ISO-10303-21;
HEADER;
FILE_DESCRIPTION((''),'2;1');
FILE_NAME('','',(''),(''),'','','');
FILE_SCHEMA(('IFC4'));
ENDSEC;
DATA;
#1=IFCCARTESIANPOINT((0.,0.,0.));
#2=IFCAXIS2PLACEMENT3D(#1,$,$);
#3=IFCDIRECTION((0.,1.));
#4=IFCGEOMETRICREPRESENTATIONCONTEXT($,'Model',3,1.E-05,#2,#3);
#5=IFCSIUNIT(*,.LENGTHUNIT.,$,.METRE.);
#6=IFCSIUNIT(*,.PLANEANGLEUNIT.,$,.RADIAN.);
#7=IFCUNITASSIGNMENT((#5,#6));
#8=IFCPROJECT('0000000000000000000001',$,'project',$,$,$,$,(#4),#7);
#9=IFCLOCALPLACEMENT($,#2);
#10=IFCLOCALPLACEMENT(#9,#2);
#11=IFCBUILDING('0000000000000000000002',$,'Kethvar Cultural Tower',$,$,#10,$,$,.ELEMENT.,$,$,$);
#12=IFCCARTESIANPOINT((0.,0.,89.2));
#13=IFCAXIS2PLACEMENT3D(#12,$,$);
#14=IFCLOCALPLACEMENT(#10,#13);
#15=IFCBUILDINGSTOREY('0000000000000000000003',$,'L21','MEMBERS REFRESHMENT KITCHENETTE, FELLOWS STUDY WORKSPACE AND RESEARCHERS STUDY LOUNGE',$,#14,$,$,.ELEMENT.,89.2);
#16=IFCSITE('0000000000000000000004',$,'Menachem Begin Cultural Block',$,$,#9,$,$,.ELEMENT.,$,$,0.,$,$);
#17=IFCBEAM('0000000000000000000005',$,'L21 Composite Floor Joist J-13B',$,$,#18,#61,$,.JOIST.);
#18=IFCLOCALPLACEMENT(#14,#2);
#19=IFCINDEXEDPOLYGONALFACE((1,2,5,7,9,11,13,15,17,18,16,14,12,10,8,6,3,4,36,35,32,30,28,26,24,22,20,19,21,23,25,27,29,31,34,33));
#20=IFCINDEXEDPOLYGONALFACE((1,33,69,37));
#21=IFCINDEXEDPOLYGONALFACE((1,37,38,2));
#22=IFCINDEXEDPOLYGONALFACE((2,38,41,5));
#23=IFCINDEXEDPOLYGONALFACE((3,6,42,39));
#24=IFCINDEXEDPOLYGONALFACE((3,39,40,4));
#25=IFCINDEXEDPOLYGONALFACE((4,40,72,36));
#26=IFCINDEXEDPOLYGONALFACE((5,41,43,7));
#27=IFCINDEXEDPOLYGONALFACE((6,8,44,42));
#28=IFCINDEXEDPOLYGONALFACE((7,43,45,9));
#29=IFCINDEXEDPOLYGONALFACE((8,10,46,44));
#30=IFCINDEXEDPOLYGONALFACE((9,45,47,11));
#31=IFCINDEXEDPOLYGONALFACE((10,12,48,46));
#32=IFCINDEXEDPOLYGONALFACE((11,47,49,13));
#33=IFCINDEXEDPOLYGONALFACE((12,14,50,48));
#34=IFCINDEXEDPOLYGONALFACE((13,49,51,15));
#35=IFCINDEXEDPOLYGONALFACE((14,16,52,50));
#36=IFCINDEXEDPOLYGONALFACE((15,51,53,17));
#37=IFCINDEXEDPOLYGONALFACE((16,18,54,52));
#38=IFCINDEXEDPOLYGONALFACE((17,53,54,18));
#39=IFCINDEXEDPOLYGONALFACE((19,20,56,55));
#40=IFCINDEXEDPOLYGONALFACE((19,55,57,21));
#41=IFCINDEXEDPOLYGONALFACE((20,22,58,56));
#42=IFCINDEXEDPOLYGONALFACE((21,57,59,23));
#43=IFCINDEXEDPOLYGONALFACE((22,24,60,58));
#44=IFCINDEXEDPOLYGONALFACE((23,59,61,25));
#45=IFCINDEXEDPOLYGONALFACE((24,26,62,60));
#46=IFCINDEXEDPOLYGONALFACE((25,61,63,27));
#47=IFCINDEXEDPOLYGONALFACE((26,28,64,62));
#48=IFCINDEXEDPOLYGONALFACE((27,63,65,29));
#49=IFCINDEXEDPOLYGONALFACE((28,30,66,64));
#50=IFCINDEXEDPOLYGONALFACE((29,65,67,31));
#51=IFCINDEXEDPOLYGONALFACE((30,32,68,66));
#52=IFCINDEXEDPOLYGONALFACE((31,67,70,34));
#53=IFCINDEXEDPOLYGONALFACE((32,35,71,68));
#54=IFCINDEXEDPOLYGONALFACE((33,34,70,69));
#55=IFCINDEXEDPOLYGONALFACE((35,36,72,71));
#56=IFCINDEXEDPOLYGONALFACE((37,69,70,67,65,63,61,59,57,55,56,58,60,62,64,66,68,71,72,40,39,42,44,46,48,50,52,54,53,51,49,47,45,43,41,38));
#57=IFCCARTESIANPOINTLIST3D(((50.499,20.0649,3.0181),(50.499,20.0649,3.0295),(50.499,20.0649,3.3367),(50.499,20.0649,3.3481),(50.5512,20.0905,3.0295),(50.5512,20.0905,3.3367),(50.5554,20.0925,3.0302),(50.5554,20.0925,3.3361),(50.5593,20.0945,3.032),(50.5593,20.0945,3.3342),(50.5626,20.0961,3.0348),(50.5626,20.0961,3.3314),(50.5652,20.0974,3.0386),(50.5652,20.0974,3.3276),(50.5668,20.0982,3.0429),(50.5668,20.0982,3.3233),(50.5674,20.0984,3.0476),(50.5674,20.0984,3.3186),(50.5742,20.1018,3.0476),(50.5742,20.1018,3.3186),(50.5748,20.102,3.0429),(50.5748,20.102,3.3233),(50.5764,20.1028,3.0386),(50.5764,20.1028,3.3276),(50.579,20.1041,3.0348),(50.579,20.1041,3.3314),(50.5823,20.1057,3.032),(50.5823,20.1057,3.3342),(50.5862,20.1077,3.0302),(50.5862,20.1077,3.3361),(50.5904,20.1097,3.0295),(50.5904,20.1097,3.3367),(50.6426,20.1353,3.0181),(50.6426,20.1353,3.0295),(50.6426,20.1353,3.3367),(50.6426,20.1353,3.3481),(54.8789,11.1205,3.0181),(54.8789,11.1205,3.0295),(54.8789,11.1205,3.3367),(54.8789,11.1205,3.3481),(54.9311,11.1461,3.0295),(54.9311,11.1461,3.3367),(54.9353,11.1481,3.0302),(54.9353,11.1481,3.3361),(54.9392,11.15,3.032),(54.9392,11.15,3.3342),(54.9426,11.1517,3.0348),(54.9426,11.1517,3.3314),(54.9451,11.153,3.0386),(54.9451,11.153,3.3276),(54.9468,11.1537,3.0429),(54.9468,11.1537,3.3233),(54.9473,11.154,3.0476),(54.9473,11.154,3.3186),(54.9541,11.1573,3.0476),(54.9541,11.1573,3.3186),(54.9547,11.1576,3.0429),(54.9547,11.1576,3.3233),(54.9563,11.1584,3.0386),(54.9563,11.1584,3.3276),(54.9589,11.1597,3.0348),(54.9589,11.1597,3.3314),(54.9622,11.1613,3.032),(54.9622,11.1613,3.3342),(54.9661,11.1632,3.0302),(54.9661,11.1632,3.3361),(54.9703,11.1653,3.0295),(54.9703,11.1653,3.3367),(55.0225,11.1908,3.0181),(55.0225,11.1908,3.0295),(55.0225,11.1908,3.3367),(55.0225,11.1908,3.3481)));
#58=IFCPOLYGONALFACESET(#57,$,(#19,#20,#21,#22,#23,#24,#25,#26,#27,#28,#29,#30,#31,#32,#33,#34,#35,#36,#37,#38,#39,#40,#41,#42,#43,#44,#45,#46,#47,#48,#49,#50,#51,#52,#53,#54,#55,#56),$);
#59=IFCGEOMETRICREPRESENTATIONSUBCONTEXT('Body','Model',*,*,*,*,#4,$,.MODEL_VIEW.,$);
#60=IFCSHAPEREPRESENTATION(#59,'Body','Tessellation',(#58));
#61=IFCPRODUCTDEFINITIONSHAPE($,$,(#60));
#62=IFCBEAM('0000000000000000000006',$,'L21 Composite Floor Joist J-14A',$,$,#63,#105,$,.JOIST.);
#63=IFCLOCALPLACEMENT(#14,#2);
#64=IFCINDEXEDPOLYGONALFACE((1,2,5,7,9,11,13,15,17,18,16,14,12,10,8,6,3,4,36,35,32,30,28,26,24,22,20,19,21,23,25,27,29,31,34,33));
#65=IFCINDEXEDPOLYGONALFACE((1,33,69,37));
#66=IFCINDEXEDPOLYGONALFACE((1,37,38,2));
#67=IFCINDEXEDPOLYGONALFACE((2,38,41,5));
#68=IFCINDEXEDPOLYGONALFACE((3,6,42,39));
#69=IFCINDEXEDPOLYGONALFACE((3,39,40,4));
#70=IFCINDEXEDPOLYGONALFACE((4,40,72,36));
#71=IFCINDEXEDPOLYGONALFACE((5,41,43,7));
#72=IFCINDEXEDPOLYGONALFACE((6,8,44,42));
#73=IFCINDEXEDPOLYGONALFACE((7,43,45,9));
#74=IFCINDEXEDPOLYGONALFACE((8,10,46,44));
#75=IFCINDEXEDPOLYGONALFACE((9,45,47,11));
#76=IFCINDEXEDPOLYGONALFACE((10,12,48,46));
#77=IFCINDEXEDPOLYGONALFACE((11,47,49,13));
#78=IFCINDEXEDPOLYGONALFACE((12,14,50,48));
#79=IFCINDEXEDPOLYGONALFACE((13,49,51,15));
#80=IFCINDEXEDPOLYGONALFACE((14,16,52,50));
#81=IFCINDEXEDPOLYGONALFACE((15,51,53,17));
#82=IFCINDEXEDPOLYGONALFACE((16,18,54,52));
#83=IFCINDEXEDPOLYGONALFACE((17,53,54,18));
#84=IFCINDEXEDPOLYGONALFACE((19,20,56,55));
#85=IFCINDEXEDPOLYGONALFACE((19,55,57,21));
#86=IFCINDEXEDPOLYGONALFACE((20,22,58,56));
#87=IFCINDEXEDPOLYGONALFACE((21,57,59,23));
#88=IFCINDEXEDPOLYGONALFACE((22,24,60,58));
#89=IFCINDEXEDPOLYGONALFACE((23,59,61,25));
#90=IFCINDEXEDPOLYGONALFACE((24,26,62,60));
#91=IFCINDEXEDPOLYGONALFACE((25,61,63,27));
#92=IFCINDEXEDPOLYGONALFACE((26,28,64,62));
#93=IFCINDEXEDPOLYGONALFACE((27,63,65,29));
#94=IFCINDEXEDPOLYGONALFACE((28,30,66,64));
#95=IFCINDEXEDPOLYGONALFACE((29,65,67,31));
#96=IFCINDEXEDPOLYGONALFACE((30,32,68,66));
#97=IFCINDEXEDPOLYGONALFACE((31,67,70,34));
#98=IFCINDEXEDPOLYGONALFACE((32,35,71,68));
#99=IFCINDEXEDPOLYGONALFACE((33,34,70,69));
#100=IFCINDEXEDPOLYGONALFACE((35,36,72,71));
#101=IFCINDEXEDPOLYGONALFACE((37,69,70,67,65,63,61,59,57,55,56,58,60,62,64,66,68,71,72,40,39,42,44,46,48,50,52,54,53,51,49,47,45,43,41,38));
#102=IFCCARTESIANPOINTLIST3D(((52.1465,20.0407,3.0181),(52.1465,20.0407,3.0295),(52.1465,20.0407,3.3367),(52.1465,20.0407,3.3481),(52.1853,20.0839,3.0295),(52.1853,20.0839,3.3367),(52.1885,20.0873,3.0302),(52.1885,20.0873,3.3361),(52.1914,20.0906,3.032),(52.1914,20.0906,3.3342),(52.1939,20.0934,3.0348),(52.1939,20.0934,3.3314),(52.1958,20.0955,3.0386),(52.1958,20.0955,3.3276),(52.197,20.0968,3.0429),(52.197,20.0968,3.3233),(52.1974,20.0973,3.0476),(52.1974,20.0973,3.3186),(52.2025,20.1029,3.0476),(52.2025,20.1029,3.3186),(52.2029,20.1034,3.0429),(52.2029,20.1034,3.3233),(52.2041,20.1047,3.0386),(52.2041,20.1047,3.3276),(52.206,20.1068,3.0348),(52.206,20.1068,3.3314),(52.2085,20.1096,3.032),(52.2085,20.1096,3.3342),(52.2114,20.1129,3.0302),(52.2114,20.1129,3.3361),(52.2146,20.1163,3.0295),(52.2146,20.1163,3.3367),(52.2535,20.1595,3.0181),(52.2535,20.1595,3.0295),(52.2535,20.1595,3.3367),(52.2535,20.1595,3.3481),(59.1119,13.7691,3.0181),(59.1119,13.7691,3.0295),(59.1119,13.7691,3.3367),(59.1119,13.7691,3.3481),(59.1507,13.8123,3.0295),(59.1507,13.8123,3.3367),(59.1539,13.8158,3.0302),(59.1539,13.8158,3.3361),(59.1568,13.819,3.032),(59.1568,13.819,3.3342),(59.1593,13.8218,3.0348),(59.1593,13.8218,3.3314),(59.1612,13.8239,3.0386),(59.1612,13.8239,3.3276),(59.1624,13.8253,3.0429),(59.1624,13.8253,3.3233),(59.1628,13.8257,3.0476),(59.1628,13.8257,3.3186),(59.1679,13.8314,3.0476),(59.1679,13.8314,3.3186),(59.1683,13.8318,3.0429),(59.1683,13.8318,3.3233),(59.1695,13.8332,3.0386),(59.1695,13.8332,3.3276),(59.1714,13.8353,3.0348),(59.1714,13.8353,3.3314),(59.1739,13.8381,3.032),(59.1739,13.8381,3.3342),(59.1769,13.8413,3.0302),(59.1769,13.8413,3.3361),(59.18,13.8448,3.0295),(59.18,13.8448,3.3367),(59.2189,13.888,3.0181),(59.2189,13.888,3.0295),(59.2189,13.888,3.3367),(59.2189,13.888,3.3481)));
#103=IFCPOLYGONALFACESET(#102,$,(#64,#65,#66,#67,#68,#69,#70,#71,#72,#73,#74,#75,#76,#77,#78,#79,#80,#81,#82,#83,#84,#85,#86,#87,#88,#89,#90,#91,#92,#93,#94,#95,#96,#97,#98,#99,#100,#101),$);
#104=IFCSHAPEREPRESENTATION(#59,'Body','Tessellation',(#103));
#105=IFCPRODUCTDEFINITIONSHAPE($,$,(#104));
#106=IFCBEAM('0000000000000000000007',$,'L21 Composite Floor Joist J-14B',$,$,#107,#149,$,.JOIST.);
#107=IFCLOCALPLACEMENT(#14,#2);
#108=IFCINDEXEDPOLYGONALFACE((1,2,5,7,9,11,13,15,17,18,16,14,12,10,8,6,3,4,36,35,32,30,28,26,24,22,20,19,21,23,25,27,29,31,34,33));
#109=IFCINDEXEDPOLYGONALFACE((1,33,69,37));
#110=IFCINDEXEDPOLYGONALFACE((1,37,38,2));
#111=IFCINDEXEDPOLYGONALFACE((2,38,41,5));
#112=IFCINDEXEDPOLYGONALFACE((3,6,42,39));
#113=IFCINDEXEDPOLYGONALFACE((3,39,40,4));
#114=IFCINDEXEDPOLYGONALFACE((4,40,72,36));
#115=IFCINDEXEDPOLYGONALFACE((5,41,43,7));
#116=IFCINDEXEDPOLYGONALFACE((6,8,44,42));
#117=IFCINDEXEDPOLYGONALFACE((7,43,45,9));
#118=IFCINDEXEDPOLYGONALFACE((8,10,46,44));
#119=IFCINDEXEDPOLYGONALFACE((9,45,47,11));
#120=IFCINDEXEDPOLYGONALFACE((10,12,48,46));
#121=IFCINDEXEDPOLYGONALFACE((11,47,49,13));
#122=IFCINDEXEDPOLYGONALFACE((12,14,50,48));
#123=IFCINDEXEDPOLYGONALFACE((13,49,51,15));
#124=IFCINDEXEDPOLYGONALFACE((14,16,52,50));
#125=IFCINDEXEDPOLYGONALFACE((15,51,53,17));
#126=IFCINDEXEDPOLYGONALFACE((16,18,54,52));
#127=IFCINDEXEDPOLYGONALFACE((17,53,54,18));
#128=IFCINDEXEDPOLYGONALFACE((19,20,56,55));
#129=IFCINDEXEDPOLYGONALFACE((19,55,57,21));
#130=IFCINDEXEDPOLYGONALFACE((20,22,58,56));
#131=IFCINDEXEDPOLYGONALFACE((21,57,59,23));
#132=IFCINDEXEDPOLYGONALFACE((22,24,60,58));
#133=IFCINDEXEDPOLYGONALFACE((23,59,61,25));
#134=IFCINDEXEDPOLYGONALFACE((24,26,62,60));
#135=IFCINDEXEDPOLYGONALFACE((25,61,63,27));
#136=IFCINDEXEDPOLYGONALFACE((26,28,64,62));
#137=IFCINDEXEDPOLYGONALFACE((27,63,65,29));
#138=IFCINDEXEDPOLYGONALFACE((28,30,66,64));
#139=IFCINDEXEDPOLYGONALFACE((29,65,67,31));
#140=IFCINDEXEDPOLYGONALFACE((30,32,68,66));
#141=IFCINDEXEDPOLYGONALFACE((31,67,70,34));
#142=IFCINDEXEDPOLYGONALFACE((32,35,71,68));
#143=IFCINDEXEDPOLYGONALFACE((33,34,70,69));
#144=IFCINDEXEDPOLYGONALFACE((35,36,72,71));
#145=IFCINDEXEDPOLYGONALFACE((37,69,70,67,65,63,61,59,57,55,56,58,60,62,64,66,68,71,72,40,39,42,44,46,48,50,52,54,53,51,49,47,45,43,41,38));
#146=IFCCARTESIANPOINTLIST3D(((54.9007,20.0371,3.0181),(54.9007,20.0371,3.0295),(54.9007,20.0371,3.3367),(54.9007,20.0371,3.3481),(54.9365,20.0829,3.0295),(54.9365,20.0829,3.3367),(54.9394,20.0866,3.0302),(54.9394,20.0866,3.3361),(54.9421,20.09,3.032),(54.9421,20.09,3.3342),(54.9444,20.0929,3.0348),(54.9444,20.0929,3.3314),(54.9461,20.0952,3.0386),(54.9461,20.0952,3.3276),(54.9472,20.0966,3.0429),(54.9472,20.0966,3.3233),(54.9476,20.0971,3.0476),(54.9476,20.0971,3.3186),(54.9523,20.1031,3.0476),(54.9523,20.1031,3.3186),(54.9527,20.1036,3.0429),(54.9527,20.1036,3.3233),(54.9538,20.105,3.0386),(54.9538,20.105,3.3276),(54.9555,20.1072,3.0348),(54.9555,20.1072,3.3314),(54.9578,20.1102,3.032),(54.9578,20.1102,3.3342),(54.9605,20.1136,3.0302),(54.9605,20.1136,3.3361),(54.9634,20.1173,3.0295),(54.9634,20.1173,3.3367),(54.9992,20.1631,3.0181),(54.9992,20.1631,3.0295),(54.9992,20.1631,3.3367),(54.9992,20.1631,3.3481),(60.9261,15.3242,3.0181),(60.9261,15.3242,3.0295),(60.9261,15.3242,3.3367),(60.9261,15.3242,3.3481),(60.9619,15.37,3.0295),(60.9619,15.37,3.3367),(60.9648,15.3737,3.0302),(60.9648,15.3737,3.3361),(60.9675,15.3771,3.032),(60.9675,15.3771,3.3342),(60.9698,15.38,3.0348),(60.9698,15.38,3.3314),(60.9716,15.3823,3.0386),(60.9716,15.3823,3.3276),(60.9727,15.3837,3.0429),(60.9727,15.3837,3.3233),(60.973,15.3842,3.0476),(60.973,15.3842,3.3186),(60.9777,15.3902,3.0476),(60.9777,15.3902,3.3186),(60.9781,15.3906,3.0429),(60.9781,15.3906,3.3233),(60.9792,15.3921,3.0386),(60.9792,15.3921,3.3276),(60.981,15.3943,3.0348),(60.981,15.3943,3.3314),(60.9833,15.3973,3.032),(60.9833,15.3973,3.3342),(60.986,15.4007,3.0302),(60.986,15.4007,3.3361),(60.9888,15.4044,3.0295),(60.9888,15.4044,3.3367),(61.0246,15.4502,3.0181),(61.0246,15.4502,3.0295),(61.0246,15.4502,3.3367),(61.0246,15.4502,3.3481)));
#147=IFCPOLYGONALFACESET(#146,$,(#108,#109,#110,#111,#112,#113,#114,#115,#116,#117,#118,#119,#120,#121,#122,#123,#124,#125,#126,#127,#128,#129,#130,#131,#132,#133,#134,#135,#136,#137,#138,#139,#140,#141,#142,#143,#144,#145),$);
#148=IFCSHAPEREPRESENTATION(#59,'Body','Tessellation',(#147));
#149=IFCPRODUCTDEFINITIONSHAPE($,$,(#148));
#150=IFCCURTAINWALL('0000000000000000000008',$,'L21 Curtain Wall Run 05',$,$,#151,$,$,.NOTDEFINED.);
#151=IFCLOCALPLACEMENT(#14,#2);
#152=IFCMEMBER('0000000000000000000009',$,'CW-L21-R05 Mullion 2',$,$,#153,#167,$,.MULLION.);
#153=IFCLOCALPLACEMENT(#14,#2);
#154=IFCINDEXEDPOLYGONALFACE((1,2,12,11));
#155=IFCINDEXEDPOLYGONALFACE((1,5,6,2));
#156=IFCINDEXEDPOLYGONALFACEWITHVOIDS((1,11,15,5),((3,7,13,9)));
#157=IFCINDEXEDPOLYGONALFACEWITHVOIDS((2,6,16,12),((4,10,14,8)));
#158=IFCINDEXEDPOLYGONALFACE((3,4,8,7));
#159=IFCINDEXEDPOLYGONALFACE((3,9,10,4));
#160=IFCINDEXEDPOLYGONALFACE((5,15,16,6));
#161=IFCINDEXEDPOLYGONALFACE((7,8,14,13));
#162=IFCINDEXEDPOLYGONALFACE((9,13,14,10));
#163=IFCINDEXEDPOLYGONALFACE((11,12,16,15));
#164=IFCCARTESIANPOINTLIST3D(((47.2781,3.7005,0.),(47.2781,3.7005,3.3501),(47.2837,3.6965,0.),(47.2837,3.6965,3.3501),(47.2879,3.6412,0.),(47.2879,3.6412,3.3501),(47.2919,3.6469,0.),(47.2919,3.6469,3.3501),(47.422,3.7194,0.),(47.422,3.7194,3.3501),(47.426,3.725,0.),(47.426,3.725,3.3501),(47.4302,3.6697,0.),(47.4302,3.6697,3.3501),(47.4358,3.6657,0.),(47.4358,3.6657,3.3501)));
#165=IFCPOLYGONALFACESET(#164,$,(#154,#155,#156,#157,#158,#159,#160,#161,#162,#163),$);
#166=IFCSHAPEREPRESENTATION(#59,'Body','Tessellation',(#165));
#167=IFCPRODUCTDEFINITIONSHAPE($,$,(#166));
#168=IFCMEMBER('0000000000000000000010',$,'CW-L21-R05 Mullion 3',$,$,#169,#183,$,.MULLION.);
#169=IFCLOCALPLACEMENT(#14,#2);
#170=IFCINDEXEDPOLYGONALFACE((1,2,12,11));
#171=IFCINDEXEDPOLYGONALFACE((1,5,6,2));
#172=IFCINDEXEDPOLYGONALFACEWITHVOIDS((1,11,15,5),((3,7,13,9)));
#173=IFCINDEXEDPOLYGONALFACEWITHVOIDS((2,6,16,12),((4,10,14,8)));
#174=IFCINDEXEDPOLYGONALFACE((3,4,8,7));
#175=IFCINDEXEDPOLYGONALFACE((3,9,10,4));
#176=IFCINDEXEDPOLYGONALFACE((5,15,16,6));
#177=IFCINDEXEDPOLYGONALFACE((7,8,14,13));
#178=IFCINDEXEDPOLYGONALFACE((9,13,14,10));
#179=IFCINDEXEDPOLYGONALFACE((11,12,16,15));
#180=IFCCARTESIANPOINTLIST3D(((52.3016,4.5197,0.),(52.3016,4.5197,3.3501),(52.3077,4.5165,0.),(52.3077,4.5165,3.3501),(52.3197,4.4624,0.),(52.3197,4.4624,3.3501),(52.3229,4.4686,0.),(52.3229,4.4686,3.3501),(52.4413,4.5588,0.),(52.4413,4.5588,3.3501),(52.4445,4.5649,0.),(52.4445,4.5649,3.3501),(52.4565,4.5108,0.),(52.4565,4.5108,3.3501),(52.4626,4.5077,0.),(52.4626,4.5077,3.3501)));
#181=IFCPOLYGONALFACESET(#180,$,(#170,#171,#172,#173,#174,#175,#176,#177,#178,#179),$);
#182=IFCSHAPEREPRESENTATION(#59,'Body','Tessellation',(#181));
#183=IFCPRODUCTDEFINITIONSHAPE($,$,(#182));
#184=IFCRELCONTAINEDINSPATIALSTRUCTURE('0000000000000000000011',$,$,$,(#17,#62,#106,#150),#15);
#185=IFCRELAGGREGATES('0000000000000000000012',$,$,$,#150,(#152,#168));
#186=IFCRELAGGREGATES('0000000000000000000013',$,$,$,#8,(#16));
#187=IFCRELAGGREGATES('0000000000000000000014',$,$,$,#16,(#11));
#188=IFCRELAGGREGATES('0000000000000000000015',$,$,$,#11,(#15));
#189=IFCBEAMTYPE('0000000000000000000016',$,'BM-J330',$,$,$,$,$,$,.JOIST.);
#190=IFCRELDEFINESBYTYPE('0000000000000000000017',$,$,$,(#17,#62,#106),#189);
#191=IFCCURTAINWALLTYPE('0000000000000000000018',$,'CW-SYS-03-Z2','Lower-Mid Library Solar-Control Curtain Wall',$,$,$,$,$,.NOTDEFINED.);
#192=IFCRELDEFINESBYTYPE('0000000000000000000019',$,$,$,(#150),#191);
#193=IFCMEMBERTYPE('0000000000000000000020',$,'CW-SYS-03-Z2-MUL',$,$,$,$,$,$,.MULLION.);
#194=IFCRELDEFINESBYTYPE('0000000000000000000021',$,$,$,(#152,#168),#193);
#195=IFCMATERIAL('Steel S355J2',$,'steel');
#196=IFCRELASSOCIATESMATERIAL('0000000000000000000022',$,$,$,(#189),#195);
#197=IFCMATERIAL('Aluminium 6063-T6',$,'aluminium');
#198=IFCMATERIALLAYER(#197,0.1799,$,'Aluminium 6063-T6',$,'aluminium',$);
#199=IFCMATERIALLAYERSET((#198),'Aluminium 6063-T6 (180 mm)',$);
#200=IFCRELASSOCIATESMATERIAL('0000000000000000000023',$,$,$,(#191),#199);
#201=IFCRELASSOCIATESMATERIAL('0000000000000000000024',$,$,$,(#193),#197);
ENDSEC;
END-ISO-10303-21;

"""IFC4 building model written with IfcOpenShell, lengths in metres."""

from ifc_helpers import new_model, si_unit, direction, frame, origin, origin_2d, place, context, subcontext, project, spatial, hollow_rectangle, i_section, extrude, source, transform, mapped, material, layer, layer_set, material_profile, profile_set, type_object, element, aggregate, save


model = new_model("IFC4")

# Units and contexts
model_context = context("Model", 3, precision=1e-05, world=origin(), true_north=direction((0.0, 1.0)))
body_context = subcontext(model_context, "Body", "Model", "MODEL_VIEW")
ifc_project = project(units=[si_unit("LENGTHUNIT", "METRE"), si_unit("PLANEANGLEUNIT", "RADIAN")], contexts=[model_context])

# Site, building, storey
site_placement = place(None, origin())
site = spatial("IfcSite", under=ifc_project, at=site_placement, Name="Menachem Begin Cultural Block", CompositionType="ELEMENT", RefElevation=0.0)
building_placement = place(site_placement, origin())
building = spatial("IfcBuilding", under=site, at=building_placement, Name="Kethvar Cultural Tower", CompositionType="ELEMENT")
storey_placement = place(building_placement, frame((0.0, 0.0, 89.2)))
storey = spatial("IfcBuildingStorey", under=building, at=storey_placement, Name="L21", Description="MEMBERS REFRESHMENT KITCHENETTE, FELLOWS STUDY WORKSPACE AND RESEARCHERS STUDY LOUNGE", CompositionType="ELEMENT", Elevation=89.2)

# Beams
ifc_material_1 = material(Name="Steel S355J2", Category="steel")
ifc_material_profile_1 = material_profile(ifc_material_1, i_section(OverallWidth=0.1599, OverallDepth=0.3301, WebThickness=0.0076, FlangeThickness=0.0115, FilletRadius=0.0181, at=origin_2d()), Name="Steel S355J2 — IPE330")
ifc_profile_set_1 = profile_set([ifc_material_profile_1], Name="Steel S355J2 — IPE330")
beam_type_1 = type_object("IfcBeamType", Name="BM-J330", PredefinedType="JOIST", material=ifc_profile_set_1)
shared_shape_1 = source(origin(), body_context, "Body", "SweptSolid", [
    extrude(i_section(OverallWidth=0.1599, OverallDepth=0.3301, WebThickness=0.0076, FlangeThickness=0.0115, FilletRadius=0.0181, at=origin_2d()), origin(), (0.0, 0.0, 1.0), 9.9592),
])
beam_1_placement = place(storey_placement, frame((50.5708, 20.1001, 3.1831), z_axis=(0.439785, -0.898103, 0.0), x_axis=(0.898103, 0.439785, 0.0)))
element("IfcBeam", 1, at=beam_1_placement, inside=storey, type_object=beam_type_1, Name="L21 Composite Floor Joist J-13B", PredefinedType="JOIST", context=body_context, shape_type="MappedRepresentation", body=[
    mapped(shared_shape_1, transform((0.0, 0.0, 0.0), scale=1.0)),
])
shared_shape_2 = source(origin(), body_context, "Body", "SweptSolid", [
    extrude(i_section(OverallWidth=0.1599, OverallDepth=0.3301, WebThickness=0.0076, FlangeThickness=0.0115, FilletRadius=0.0181, at=origin_2d()), origin(), (0.0, 0.0, 1.0), 9.3728),
])
beam_2_placement = place(storey_placement, frame((52.2, 20.1001, 3.1831), z_axis=(0.743152, -0.669123, 0.0), x_axis=(0.669123, 0.743152, 0.0)))
element("IfcBeam", 2, at=beam_2_placement, inside=storey, type_object=beam_type_1, Name="L21 Composite Floor Joist J-14A", PredefinedType="JOIST", context=body_context, shape_type="MappedRepresentation", body=[
    mapped(shared_shape_2, transform((0.0, 0.0, 0.0), scale=1.0)),
])
shared_shape_3 = source(origin(), body_context, "Body", "SweptSolid", [
    extrude(i_section(OverallWidth=0.1599, OverallDepth=0.3301, WebThickness=0.0076, FlangeThickness=0.0115, FilletRadius=0.0181, at=origin_2d()), origin(), (0.0, 0.0, 1.0), 7.6497),
])
beam_3_placement = place(storey_placement, frame((54.95, 20.1001, 3.1831), z_axis=(0.787672, -0.616095, 0.0), x_axis=(0.616095, 0.787672, 0.0)))
element("IfcBeam", 3, at=beam_3_placement, inside=storey, type_object=beam_type_1, Name="L21 Composite Floor Joist J-14B", PredefinedType="JOIST", context=body_context, shape_type="MappedRepresentation", body=[
    mapped(shared_shape_3, transform((0.0, 0.0, 0.0), scale=1.0)),
])

# Curtain wall, members
ifc_material_2 = material(Name="Aluminium 6063-T6", Category="aluminium")
ifc_layer_1 = layer(ifc_material_2, 0.1799, Name="Aluminium 6063-T6", Category="aluminium")
ifc_layer_set_1 = layer_set([ifc_layer_1], Name="Aluminium 6063-T6 (180 mm)")
curtain_wall_type = type_object("IfcCurtainWallType", Name="CW-SYS-03-Z2", Description="Lower-Mid Library Solar-Control Curtain Wall", PredefinedType="NOTDEFINED", material=ifc_layer_set_1)
curtain_wall_placement = place(storey_placement, origin())
curtain_wall = element("IfcCurtainWall", 4, at=curtain_wall_placement, inside=storey, type_object=curtain_wall_type, Name="L21 Curtain Wall Run 05", PredefinedType="NOTDEFINED")
ifc_material_profile_2 = material_profile(ifc_material_2, hollow_rectangle(XDim=0.0601, YDim=0.1499, WallThickness=0.0049, at=origin_2d()), Name="Aluminium 6063-T6 — RHS150x60x5")
ifc_profile_set_2 = profile_set([ifc_material_profile_2], Name="Aluminium 6063-T6 — RHS150x60x5")
member_type_1 = type_object("IfcMemberType", Name="CW-SYS-03-Z2-MUL", PredefinedType="MULLION", material=ifc_profile_set_2)
shared_shape_4 = source(origin(), body_context, "Body", "SweptSolid", [
    extrude(hollow_rectangle(XDim=0.0601, YDim=0.1499, WallThickness=0.0049, at=origin_2d()), origin(), (0.0, 0.0, 1.0), 3.3501),
])
member_1_placement = place(storey_placement, frame((47.3569, 3.6831, 0.0), z_axis=(0.0, 0.0, 1.0), x_axis=(-0.163274, 0.986581, 0.0)))
member_1 = element("IfcMember", 5, at=member_1_placement, type_object=member_type_1, Name="CW-L21-R05 Mullion 2", PredefinedType="MULLION", context=body_context, shape_type="MappedRepresentation", body=[
    mapped(shared_shape_4, transform((0.0, 0.0, 0.0), scale=1.0)),
])
member_2_placement = place(storey_placement, frame((52.3821, 4.5137, 0.0), z_axis=(0.0, 0.0, 1.0), x_axis=(-0.301804, 0.95337, 0.0)))
member_2 = element("IfcMember", 6, at=member_2_placement, type_object=member_type_1, Name="CW-L21-R05 Mullion 3", PredefinedType="MULLION", context=body_context, shape_type="MappedRepresentation", body=[
    mapped(shared_shape_4, transform((0.0, 0.0, 0.0), scale=1.0)),
])
aggregate(curtain_wall, [member_1, member_2])

save(model, "model.ifc")
